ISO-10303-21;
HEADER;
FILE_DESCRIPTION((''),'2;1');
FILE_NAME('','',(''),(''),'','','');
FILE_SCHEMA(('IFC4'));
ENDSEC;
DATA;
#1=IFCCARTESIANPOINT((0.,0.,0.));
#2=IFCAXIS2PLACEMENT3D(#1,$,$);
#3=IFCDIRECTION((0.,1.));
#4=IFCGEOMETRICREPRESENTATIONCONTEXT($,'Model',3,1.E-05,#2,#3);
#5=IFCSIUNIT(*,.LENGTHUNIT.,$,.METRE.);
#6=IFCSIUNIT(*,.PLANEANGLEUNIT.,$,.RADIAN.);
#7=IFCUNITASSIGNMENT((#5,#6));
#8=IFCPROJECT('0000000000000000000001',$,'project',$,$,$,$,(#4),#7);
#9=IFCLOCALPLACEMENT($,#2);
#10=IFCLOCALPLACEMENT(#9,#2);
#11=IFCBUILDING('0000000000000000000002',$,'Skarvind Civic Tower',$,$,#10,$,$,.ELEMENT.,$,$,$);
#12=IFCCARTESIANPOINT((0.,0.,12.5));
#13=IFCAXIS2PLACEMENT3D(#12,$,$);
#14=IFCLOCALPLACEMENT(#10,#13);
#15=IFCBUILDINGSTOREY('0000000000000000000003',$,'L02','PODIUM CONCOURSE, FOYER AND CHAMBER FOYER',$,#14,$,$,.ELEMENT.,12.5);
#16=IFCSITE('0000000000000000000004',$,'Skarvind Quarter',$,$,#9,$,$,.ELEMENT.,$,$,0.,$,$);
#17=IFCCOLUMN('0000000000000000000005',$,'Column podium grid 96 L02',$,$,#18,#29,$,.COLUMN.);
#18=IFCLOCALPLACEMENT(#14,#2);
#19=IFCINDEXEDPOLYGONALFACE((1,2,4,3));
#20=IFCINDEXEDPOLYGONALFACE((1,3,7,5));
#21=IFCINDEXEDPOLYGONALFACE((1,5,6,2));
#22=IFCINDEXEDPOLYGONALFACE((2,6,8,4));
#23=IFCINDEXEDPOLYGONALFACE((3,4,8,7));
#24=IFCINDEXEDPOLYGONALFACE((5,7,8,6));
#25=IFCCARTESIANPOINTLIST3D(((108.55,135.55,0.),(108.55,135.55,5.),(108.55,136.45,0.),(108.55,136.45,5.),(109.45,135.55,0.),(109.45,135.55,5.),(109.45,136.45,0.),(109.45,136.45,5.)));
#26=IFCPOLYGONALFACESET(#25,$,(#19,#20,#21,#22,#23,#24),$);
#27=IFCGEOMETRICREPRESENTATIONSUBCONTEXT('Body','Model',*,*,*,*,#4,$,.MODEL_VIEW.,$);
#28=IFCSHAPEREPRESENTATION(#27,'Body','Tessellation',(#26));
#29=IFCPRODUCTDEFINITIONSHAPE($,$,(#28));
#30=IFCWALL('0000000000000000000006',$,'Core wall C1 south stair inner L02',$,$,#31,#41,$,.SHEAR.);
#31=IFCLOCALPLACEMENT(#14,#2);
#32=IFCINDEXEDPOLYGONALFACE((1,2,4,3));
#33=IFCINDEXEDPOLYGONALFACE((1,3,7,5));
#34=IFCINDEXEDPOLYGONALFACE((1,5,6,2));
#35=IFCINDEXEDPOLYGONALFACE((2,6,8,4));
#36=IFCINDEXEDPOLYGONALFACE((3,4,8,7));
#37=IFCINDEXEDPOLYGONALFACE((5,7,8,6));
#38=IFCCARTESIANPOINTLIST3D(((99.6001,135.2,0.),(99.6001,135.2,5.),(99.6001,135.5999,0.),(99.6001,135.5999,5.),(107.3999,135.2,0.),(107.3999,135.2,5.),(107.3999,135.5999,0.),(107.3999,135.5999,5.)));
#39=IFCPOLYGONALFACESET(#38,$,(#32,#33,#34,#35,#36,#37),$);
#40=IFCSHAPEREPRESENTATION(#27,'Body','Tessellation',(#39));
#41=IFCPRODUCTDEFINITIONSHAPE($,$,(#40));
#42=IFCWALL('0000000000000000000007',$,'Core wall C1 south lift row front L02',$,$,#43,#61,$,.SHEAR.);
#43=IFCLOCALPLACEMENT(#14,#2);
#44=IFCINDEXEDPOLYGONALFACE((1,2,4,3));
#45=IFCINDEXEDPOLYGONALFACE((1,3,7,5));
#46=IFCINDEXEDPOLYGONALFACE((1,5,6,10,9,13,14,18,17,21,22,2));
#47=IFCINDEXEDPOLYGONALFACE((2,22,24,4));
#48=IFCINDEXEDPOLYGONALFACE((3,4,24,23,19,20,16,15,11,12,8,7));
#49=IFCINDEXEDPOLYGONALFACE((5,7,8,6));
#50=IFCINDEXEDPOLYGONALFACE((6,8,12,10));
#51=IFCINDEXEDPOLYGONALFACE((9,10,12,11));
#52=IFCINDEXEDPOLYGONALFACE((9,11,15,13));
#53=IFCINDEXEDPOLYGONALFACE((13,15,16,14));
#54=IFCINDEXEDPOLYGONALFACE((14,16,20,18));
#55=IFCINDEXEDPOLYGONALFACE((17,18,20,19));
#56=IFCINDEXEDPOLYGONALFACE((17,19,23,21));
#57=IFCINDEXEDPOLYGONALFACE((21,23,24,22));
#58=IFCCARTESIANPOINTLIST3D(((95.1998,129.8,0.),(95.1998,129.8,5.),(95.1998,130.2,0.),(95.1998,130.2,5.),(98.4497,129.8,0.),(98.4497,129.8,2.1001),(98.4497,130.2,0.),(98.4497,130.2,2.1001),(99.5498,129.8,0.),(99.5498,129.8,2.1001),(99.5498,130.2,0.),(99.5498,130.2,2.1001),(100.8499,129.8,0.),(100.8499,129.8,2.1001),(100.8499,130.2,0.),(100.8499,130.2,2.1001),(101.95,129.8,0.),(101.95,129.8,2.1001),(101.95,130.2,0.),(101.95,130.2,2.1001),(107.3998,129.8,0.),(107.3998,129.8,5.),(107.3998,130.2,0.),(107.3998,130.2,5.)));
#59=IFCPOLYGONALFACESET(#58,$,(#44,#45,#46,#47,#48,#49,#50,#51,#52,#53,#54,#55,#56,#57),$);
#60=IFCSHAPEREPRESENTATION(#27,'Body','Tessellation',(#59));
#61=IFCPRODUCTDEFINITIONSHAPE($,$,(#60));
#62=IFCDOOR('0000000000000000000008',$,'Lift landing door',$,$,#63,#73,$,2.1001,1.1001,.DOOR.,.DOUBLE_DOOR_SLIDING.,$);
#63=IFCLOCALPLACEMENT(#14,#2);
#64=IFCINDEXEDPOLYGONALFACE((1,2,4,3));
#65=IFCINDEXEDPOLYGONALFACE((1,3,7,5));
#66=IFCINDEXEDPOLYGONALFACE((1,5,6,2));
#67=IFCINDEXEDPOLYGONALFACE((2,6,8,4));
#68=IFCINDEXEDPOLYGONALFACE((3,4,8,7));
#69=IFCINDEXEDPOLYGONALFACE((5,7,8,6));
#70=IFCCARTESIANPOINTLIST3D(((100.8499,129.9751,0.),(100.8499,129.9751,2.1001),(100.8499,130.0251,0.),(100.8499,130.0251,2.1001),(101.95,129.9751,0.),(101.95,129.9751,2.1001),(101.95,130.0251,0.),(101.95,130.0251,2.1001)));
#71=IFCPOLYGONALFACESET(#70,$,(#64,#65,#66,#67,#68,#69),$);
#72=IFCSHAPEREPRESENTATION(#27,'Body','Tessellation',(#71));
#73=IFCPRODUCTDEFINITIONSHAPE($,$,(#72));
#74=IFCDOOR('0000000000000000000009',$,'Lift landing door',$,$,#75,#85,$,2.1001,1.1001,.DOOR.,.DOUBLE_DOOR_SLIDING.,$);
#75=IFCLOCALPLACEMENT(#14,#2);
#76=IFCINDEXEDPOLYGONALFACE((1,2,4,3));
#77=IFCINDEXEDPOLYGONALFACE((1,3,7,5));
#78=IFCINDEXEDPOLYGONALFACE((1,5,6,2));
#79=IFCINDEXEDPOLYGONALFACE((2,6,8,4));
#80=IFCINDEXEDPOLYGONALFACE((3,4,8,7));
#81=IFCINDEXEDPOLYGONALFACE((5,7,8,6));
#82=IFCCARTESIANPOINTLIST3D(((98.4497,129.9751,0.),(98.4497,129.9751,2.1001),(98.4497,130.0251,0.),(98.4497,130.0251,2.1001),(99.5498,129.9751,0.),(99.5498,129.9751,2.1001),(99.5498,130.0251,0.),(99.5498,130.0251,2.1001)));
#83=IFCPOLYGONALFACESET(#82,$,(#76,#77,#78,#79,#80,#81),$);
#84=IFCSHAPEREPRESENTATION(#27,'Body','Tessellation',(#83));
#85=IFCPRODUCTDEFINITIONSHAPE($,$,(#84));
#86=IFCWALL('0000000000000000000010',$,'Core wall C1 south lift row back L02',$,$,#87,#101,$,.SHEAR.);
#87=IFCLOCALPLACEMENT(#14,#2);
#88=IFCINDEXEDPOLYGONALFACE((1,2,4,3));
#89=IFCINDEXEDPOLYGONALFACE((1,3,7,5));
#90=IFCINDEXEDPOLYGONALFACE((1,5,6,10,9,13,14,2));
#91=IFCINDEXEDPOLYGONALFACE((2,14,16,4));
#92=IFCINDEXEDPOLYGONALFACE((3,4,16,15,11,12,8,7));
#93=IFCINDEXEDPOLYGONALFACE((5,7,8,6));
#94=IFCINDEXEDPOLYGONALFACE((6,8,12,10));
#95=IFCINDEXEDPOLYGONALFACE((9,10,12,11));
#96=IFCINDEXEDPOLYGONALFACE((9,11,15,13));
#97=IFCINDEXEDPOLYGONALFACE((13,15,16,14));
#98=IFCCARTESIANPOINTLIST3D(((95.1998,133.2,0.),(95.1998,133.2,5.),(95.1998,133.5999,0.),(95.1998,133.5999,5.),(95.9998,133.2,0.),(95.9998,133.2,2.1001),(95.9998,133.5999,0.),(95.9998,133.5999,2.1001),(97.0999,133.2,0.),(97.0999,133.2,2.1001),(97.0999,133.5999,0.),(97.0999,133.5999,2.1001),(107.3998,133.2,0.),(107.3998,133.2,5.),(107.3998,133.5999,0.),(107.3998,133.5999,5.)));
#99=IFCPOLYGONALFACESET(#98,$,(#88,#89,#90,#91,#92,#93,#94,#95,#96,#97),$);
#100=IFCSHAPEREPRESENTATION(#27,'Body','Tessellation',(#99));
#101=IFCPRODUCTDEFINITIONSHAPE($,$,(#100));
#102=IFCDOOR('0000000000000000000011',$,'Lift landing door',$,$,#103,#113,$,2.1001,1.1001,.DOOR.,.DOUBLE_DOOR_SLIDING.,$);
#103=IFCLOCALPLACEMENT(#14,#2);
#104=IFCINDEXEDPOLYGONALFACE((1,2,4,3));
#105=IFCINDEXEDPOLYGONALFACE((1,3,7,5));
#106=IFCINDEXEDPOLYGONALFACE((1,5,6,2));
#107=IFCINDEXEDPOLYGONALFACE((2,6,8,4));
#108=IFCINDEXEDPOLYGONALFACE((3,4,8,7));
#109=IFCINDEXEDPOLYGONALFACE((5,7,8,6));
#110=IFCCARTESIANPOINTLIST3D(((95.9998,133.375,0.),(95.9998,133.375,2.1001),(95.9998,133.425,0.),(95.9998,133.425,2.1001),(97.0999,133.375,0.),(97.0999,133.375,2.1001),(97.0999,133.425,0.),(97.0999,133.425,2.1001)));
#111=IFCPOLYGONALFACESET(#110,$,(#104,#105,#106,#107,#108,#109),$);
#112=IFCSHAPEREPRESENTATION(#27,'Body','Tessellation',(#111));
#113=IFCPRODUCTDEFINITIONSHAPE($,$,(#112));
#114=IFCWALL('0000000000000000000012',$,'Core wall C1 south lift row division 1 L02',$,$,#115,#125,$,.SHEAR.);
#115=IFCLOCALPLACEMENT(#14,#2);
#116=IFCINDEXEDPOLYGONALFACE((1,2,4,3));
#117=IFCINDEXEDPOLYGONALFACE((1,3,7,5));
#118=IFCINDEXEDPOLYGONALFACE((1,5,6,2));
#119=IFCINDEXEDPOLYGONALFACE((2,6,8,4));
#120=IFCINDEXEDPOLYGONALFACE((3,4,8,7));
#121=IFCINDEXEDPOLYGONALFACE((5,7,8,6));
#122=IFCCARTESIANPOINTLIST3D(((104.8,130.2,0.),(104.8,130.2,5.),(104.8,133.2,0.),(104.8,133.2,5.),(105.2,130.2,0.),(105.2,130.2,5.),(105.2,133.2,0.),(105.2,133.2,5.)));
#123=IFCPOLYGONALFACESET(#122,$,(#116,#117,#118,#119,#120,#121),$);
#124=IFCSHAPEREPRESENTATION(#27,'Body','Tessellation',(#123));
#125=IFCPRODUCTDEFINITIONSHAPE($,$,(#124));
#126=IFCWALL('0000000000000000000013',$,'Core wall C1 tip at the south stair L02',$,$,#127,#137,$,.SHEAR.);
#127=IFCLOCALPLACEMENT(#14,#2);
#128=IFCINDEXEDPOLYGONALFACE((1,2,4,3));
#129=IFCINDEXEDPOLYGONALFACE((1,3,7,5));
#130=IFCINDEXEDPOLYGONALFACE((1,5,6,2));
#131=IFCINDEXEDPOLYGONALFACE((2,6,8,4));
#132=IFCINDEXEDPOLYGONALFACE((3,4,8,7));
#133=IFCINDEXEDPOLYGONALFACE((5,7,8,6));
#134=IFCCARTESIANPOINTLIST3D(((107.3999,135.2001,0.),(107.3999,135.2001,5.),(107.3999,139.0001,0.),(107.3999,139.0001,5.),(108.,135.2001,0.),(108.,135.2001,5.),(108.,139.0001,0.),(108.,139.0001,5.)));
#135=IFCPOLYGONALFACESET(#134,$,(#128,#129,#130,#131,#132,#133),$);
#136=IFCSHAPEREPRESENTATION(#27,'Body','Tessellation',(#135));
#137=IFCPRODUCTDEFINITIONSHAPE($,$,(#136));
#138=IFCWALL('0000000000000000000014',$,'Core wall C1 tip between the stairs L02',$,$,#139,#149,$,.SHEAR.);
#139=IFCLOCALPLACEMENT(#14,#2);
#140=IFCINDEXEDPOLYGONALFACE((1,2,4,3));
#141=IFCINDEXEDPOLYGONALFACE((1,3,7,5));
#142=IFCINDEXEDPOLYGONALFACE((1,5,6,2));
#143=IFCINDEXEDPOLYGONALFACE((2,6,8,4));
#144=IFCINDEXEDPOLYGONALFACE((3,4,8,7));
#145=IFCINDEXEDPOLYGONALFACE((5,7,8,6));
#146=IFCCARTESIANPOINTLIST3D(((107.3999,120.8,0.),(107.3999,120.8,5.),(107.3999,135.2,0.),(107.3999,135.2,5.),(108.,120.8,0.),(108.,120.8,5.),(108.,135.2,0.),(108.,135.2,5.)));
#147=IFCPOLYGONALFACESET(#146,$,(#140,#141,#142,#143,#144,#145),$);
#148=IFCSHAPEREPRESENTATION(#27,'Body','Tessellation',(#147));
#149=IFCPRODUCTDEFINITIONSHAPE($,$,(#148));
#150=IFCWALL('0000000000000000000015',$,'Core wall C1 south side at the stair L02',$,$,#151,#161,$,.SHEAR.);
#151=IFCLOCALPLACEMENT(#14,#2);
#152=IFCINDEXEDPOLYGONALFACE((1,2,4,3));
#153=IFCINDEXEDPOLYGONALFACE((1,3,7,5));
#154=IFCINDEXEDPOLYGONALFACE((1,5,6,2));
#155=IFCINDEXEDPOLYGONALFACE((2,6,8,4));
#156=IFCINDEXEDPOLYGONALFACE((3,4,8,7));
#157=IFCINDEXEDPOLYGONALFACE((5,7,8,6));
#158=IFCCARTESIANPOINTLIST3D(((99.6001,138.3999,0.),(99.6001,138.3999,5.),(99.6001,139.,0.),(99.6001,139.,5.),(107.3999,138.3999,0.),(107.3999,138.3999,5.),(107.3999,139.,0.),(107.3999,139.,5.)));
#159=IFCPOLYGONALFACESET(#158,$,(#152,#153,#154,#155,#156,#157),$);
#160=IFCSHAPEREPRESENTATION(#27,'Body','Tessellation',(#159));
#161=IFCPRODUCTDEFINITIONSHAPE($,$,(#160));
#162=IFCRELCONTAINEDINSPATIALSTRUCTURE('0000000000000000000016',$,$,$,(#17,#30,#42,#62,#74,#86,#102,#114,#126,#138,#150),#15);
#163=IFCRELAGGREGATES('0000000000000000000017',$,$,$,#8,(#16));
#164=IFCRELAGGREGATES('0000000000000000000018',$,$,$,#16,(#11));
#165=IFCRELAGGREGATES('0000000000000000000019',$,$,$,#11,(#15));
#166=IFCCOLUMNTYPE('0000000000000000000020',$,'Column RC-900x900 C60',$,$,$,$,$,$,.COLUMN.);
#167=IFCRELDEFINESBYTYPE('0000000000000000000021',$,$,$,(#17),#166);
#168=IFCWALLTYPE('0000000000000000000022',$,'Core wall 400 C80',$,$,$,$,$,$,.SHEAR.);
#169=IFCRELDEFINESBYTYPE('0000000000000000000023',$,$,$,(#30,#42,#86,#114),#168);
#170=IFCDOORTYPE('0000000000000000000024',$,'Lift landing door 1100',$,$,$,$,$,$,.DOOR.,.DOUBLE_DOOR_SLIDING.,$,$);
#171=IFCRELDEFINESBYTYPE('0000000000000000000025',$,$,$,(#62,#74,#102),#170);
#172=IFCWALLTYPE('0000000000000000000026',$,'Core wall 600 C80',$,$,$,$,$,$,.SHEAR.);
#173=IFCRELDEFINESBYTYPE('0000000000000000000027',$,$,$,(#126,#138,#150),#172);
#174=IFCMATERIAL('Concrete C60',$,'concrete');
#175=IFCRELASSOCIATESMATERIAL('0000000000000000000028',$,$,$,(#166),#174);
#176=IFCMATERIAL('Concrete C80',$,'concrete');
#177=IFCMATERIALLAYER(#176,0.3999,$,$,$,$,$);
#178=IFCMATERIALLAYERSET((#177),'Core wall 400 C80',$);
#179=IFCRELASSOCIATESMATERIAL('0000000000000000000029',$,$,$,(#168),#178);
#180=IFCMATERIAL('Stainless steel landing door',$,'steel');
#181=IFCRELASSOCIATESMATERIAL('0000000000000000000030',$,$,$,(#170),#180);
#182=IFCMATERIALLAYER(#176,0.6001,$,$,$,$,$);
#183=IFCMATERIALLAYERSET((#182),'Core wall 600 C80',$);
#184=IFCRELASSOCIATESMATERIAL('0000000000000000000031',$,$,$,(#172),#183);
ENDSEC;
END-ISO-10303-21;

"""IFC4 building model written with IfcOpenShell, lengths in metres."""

from ifc_helpers import new_model, si_unit, direction, frame, frame_2d, origin, origin_2d, place, context, subcontext, project, spatial, rectangle, extrude, material, layer, layer_set, material_profile, profile_set, type_object, element, fill, save


model = new_model("IFC4")

# Units and contexts
model_context = context("Model", 3, precision=1e-05, world=origin(), true_north=direction((0.0, 1.0)))
body_context = subcontext(model_context, "Body", "Model", "MODEL_VIEW")
ifc_project = project(units=[si_unit("LENGTHUNIT", "METRE"), si_unit("PLANEANGLEUNIT", "RADIAN")], contexts=[model_context])

# Site, building, storey
site_placement = place(None, origin())
site = spatial("IfcSite", under=ifc_project, at=site_placement, Name="Skarvind Quarter", CompositionType="ELEMENT", RefElevation=0.0)
building_placement = place(site_placement, origin())
building = spatial("IfcBuilding", under=site, at=building_placement, Name="Skarvind Civic Tower", CompositionType="ELEMENT")
storey_placement = place(building_placement, frame((0.0, 0.0, 12.5)))
storey = spatial("IfcBuildingStorey", under=building, at=storey_placement, Name="L02", Description="PODIUM CONCOURSE, FOYER AND CHAMBER FOYER", CompositionType="ELEMENT", Elevation=12.5)

# Column
ifc_material_1 = material(Name="Concrete C60", Category="concrete")
ifc_material_profile = material_profile(ifc_material_1, rectangle(XDim=0.8999, YDim=0.8999, at=origin_2d()), Name="RC-900x900")
ifc_profile_set = profile_set([ifc_material_profile], Name="Concrete C60")
column_type = type_object("IfcColumnType", Name="Column RC-900x900 C60", PredefinedType="COLUMN", material=ifc_profile_set)
column_placement = place(storey_placement, frame((109.0, 136.0, 0.0), z_axis=(0.0, 0.0, 1.0), x_axis=(1.0, 0.0, 0.0)))
element("IfcColumn", 1, at=column_placement, inside=storey, type_object=column_type, Name="Column podium grid 96 L02", PredefinedType="COLUMN", context=body_context, shape_type="SweptSolid", body=[
    extrude(rectangle(XDim=0.8999, YDim=0.8999, at=origin_2d()), origin(), (0.0, 0.0, 1.0), 5.0),
])

# Wall
ifc_material_2 = material(Name="Concrete C80", Category="concrete")
ifc_layer_1 = layer(ifc_material_2, 0.3999)
ifc_layer_set_1 = layer_set([ifc_layer_1], Name="Core wall 400 C80")
wall_type_1 = type_object("IfcWallType", Name="Core wall 400 C80", PredefinedType="SHEAR", material=ifc_layer_set_1)
wall_1_placement = place(storey_placement, frame((107.3999, 135.3999, 0.0), z_axis=(0.0, 0.0, 1.0), x_axis=(-1.0, 0.0, 0.0)))
element("IfcWall", 2, at=wall_1_placement, inside=storey, type_object=wall_type_1, Name="Core wall C1 south stair inner L02", PredefinedType="SHEAR", context=body_context, shape_type="SweptSolid", body=[
    extrude(rectangle(XDim=7.7998, YDim=0.3999, at=frame_2d((3.8999, 0.0))), origin(), (0.0, 0.0, 1.0), 5.0),
])

# Wall, openings, doors
wall_2_placement = place(storey_placement, frame((107.3999, 130.0, 0.0), z_axis=(0.0, 0.0, 1.0), x_axis=(-1.0, 0.0, 0.0)))
wall_2 = element("IfcWall", 3, at=wall_2_placement, inside=storey, type_object=wall_type_1, Name="Core wall C1 south lift row front L02", PredefinedType="SHEAR", context=body_context, shape_type="SweptSolid", body=[
    extrude(rectangle(XDim=12.2, YDim=0.3999, at=frame_2d((6.1001, 0.0))), origin(), (0.0, 0.0, 1.0), 5.0),
])
opening_1_placement = place(wall_2_placement, frame((5.45, 0.0, 0.0)))
opening_1 = element("IfcOpeningElement", 4, at=opening_1_placement, cuts=wall_2, PredefinedType="OPENING", context=body_context, shape_type="SweptSolid", body=[
    extrude(rectangle(XDim=1.1001, YDim=2.1001, at=frame_2d((0.55, 1.05))), frame((0.0, 0.21, 0.0), z_axis=(0.0, -1.0, 0.0), x_axis=(1.0, 0.0, 0.0)), (0.0, 0.0, 1.0), 0.4199),
])
opening_2_placement = place(wall_2_placement, frame((7.8501, 0.0, 0.0)))
opening_2 = element("IfcOpeningElement", 5, at=opening_2_placement, cuts=wall_2, PredefinedType="OPENING", context=body_context, shape_type="SweptSolid", body=[
    extrude(rectangle(XDim=1.1001, YDim=2.1001, at=frame_2d((0.55, 1.05))), frame((0.0, 0.21, 0.0), z_axis=(0.0, -1.0, 0.0), x_axis=(1.0, 0.0, 0.0)), (0.0, 0.0, 1.0), 0.4199),
])
ifc_material_3 = material(Name="Stainless steel landing door", Category="steel")
door_type_1 = type_object("IfcDoorType", Name="Lift landing door 1100", OperationType="DOUBLE_DOOR_SLIDING", PredefinedType="DOOR", material=ifc_material_3)
door_1_placement = place(opening_1_placement, origin())
door_1 = element("IfcDoor", 6, at=door_1_placement, inside=storey, type_object=door_type_1, Name="Lift landing door", OperationType="DOUBLE_DOOR_SLIDING", OverallHeight=2.1001, OverallWidth=1.1001, PredefinedType="DOOR", context=body_context, shape_type="SweptSolid", body=[
    extrude(rectangle(XDim=1.1001, YDim=2.1001, at=frame_2d((0.55, 1.05))), frame((0.0, 0.0249, 0.0), z_axis=(0.0, -1.0, 0.0), x_axis=(1.0, 0.0, 0.0)), (0.0, 0.0, 1.0), 0.05),
])
fill(opening_1, door_1)
door_2_placement = place(opening_2_placement, origin())
door_2 = element("IfcDoor", 7, at=door_2_placement, inside=storey, type_object=door_type_1, Name="Lift landing door", OperationType="DOUBLE_DOOR_SLIDING", OverallHeight=2.1001, OverallWidth=1.1001, PredefinedType="DOOR", context=body_context, shape_type="SweptSolid", body=[
    extrude(rectangle(XDim=1.1001, YDim=2.1001, at=frame_2d((0.55, 1.05))), frame((0.0, 0.0249, 0.0), z_axis=(0.0, -1.0, 0.0), x_axis=(1.0, 0.0, 0.0)), (0.0, 0.0, 1.0), 0.05),
])
fill(opening_2, door_2)

# Wall, opening, door
wall_3_placement = place(storey_placement, frame((107.3999, 133.3999, 0.0), z_axis=(0.0, 0.0, 1.0), x_axis=(-1.0, 0.0, 0.0)))
wall_3 = element("IfcWall", 8, at=wall_3_placement, inside=storey, type_object=wall_type_1, Name="Core wall C1 south lift row back L02", PredefinedType="SHEAR", context=body_context, shape_type="SweptSolid", body=[
    extrude(rectangle(XDim=12.2, YDim=0.3999, at=frame_2d((6.1001, 0.0))), origin(), (0.0, 0.0, 1.0), 5.0),
])
opening_3_placement = place(wall_3_placement, frame((10.3, 0.0, 0.0)))
opening_3 = element("IfcOpeningElement", 9, at=opening_3_placement, cuts=wall_3, PredefinedType="OPENING", context=body_context, shape_type="SweptSolid", body=[
    extrude(rectangle(XDim=1.1001, YDim=2.1001, at=frame_2d((0.55, 1.05))), frame((0.0, 0.21, 0.0), z_axis=(0.0, -1.0, 0.0), x_axis=(1.0, 0.0, 0.0)), (0.0, 0.0, 1.0), 0.4199),
])
door_3_placement = place(opening_3_placement, origin())
door_3 = element("IfcDoor", 10, at=door_3_placement, inside=storey, type_object=door_type_1, Name="Lift landing door", OperationType="DOUBLE_DOOR_SLIDING", OverallHeight=2.1001, OverallWidth=1.1001, PredefinedType="DOOR", context=body_context, shape_type="SweptSolid", body=[
    extrude(rectangle(XDim=1.1001, YDim=2.1001, at=frame_2d((0.55, 1.05))), frame((0.0, 0.0249, 0.0), z_axis=(0.0, -1.0, 0.0), x_axis=(1.0, 0.0, 0.0)), (0.0, 0.0, 1.0), 0.05),
])
fill(opening_3, door_3)

# Walls
wall_4_placement = place(storey_placement, frame((105.0, 133.2, 0.0), z_axis=(0.0, 0.0, 1.0), x_axis=(0.0, -1.0, 0.0)))
element("IfcWall", 11, at=wall_4_placement, inside=storey, type_object=wall_type_1, Name="Core wall C1 south lift row division 1 L02", PredefinedType="SHEAR", context=body_context, shape_type="SweptSolid", body=[
    extrude(rectangle(XDim=3.0, YDim=0.3999, at=frame_2d((1.5, 0.0))), origin(), (0.0, 0.0, 1.0), 5.0),
])
ifc_layer_2 = layer(ifc_material_2, 0.6001)
ifc_layer_set_2 = layer_set([ifc_layer_2], Name="Core wall 600 C80")
wall_type_2 = type_object("IfcWallType", Name="Core wall 600 C80", PredefinedType="SHEAR", material=ifc_layer_set_2)
wall_5_placement = place(storey_placement, frame((107.7, 139.0, 0.0), z_axis=(0.0, 0.0, 1.0), x_axis=(0.0, -1.0, 0.0)))
element("IfcWall", 12, at=wall_5_placement, inside=storey, type_object=wall_type_2, Name="Core wall C1 tip at the south stair L02", PredefinedType="SHEAR", context=body_context, shape_type="SweptSolid", body=[
    extrude(rectangle(XDim=3.8, YDim=0.6001, at=frame_2d((1.8999, 0.0))), origin(), (0.0, 0.0, 1.0), 5.0),
])
wall_6_placement = place(storey_placement, frame((107.7, 135.2, 0.0), z_axis=(0.0, 0.0, 1.0), x_axis=(0.0, -1.0, 0.0)))
element("IfcWall", 13, at=wall_6_placement, inside=storey, type_object=wall_type_2, Name="Core wall C1 tip between the stairs L02", PredefinedType="SHEAR", context=body_context, shape_type="SweptSolid", body=[
    extrude(rectangle(XDim=14.3999, YDim=0.6001, at=frame_2d((7.2, 0.0))), origin(), (0.0, 0.0, 1.0), 5.0),
])
wall_7_placement = place(storey_placement, frame((107.3999, 138.7, 0.0), z_axis=(0.0, 0.0, 1.0), x_axis=(-1.0, 0.0, 0.0)))
element("IfcWall", 14, at=wall_7_placement, inside=storey, type_object=wall_type_2, Name="Core wall C1 south side at the stair L02", PredefinedType="SHEAR", context=body_context, shape_type="SweptSolid", body=[
    extrude(rectangle(XDim=7.7998, YDim=0.6001, at=frame_2d((3.8999, 0.0))), origin(), (0.0, 0.0, 1.0), 5.0),
])

save(model, "model.ifc")
